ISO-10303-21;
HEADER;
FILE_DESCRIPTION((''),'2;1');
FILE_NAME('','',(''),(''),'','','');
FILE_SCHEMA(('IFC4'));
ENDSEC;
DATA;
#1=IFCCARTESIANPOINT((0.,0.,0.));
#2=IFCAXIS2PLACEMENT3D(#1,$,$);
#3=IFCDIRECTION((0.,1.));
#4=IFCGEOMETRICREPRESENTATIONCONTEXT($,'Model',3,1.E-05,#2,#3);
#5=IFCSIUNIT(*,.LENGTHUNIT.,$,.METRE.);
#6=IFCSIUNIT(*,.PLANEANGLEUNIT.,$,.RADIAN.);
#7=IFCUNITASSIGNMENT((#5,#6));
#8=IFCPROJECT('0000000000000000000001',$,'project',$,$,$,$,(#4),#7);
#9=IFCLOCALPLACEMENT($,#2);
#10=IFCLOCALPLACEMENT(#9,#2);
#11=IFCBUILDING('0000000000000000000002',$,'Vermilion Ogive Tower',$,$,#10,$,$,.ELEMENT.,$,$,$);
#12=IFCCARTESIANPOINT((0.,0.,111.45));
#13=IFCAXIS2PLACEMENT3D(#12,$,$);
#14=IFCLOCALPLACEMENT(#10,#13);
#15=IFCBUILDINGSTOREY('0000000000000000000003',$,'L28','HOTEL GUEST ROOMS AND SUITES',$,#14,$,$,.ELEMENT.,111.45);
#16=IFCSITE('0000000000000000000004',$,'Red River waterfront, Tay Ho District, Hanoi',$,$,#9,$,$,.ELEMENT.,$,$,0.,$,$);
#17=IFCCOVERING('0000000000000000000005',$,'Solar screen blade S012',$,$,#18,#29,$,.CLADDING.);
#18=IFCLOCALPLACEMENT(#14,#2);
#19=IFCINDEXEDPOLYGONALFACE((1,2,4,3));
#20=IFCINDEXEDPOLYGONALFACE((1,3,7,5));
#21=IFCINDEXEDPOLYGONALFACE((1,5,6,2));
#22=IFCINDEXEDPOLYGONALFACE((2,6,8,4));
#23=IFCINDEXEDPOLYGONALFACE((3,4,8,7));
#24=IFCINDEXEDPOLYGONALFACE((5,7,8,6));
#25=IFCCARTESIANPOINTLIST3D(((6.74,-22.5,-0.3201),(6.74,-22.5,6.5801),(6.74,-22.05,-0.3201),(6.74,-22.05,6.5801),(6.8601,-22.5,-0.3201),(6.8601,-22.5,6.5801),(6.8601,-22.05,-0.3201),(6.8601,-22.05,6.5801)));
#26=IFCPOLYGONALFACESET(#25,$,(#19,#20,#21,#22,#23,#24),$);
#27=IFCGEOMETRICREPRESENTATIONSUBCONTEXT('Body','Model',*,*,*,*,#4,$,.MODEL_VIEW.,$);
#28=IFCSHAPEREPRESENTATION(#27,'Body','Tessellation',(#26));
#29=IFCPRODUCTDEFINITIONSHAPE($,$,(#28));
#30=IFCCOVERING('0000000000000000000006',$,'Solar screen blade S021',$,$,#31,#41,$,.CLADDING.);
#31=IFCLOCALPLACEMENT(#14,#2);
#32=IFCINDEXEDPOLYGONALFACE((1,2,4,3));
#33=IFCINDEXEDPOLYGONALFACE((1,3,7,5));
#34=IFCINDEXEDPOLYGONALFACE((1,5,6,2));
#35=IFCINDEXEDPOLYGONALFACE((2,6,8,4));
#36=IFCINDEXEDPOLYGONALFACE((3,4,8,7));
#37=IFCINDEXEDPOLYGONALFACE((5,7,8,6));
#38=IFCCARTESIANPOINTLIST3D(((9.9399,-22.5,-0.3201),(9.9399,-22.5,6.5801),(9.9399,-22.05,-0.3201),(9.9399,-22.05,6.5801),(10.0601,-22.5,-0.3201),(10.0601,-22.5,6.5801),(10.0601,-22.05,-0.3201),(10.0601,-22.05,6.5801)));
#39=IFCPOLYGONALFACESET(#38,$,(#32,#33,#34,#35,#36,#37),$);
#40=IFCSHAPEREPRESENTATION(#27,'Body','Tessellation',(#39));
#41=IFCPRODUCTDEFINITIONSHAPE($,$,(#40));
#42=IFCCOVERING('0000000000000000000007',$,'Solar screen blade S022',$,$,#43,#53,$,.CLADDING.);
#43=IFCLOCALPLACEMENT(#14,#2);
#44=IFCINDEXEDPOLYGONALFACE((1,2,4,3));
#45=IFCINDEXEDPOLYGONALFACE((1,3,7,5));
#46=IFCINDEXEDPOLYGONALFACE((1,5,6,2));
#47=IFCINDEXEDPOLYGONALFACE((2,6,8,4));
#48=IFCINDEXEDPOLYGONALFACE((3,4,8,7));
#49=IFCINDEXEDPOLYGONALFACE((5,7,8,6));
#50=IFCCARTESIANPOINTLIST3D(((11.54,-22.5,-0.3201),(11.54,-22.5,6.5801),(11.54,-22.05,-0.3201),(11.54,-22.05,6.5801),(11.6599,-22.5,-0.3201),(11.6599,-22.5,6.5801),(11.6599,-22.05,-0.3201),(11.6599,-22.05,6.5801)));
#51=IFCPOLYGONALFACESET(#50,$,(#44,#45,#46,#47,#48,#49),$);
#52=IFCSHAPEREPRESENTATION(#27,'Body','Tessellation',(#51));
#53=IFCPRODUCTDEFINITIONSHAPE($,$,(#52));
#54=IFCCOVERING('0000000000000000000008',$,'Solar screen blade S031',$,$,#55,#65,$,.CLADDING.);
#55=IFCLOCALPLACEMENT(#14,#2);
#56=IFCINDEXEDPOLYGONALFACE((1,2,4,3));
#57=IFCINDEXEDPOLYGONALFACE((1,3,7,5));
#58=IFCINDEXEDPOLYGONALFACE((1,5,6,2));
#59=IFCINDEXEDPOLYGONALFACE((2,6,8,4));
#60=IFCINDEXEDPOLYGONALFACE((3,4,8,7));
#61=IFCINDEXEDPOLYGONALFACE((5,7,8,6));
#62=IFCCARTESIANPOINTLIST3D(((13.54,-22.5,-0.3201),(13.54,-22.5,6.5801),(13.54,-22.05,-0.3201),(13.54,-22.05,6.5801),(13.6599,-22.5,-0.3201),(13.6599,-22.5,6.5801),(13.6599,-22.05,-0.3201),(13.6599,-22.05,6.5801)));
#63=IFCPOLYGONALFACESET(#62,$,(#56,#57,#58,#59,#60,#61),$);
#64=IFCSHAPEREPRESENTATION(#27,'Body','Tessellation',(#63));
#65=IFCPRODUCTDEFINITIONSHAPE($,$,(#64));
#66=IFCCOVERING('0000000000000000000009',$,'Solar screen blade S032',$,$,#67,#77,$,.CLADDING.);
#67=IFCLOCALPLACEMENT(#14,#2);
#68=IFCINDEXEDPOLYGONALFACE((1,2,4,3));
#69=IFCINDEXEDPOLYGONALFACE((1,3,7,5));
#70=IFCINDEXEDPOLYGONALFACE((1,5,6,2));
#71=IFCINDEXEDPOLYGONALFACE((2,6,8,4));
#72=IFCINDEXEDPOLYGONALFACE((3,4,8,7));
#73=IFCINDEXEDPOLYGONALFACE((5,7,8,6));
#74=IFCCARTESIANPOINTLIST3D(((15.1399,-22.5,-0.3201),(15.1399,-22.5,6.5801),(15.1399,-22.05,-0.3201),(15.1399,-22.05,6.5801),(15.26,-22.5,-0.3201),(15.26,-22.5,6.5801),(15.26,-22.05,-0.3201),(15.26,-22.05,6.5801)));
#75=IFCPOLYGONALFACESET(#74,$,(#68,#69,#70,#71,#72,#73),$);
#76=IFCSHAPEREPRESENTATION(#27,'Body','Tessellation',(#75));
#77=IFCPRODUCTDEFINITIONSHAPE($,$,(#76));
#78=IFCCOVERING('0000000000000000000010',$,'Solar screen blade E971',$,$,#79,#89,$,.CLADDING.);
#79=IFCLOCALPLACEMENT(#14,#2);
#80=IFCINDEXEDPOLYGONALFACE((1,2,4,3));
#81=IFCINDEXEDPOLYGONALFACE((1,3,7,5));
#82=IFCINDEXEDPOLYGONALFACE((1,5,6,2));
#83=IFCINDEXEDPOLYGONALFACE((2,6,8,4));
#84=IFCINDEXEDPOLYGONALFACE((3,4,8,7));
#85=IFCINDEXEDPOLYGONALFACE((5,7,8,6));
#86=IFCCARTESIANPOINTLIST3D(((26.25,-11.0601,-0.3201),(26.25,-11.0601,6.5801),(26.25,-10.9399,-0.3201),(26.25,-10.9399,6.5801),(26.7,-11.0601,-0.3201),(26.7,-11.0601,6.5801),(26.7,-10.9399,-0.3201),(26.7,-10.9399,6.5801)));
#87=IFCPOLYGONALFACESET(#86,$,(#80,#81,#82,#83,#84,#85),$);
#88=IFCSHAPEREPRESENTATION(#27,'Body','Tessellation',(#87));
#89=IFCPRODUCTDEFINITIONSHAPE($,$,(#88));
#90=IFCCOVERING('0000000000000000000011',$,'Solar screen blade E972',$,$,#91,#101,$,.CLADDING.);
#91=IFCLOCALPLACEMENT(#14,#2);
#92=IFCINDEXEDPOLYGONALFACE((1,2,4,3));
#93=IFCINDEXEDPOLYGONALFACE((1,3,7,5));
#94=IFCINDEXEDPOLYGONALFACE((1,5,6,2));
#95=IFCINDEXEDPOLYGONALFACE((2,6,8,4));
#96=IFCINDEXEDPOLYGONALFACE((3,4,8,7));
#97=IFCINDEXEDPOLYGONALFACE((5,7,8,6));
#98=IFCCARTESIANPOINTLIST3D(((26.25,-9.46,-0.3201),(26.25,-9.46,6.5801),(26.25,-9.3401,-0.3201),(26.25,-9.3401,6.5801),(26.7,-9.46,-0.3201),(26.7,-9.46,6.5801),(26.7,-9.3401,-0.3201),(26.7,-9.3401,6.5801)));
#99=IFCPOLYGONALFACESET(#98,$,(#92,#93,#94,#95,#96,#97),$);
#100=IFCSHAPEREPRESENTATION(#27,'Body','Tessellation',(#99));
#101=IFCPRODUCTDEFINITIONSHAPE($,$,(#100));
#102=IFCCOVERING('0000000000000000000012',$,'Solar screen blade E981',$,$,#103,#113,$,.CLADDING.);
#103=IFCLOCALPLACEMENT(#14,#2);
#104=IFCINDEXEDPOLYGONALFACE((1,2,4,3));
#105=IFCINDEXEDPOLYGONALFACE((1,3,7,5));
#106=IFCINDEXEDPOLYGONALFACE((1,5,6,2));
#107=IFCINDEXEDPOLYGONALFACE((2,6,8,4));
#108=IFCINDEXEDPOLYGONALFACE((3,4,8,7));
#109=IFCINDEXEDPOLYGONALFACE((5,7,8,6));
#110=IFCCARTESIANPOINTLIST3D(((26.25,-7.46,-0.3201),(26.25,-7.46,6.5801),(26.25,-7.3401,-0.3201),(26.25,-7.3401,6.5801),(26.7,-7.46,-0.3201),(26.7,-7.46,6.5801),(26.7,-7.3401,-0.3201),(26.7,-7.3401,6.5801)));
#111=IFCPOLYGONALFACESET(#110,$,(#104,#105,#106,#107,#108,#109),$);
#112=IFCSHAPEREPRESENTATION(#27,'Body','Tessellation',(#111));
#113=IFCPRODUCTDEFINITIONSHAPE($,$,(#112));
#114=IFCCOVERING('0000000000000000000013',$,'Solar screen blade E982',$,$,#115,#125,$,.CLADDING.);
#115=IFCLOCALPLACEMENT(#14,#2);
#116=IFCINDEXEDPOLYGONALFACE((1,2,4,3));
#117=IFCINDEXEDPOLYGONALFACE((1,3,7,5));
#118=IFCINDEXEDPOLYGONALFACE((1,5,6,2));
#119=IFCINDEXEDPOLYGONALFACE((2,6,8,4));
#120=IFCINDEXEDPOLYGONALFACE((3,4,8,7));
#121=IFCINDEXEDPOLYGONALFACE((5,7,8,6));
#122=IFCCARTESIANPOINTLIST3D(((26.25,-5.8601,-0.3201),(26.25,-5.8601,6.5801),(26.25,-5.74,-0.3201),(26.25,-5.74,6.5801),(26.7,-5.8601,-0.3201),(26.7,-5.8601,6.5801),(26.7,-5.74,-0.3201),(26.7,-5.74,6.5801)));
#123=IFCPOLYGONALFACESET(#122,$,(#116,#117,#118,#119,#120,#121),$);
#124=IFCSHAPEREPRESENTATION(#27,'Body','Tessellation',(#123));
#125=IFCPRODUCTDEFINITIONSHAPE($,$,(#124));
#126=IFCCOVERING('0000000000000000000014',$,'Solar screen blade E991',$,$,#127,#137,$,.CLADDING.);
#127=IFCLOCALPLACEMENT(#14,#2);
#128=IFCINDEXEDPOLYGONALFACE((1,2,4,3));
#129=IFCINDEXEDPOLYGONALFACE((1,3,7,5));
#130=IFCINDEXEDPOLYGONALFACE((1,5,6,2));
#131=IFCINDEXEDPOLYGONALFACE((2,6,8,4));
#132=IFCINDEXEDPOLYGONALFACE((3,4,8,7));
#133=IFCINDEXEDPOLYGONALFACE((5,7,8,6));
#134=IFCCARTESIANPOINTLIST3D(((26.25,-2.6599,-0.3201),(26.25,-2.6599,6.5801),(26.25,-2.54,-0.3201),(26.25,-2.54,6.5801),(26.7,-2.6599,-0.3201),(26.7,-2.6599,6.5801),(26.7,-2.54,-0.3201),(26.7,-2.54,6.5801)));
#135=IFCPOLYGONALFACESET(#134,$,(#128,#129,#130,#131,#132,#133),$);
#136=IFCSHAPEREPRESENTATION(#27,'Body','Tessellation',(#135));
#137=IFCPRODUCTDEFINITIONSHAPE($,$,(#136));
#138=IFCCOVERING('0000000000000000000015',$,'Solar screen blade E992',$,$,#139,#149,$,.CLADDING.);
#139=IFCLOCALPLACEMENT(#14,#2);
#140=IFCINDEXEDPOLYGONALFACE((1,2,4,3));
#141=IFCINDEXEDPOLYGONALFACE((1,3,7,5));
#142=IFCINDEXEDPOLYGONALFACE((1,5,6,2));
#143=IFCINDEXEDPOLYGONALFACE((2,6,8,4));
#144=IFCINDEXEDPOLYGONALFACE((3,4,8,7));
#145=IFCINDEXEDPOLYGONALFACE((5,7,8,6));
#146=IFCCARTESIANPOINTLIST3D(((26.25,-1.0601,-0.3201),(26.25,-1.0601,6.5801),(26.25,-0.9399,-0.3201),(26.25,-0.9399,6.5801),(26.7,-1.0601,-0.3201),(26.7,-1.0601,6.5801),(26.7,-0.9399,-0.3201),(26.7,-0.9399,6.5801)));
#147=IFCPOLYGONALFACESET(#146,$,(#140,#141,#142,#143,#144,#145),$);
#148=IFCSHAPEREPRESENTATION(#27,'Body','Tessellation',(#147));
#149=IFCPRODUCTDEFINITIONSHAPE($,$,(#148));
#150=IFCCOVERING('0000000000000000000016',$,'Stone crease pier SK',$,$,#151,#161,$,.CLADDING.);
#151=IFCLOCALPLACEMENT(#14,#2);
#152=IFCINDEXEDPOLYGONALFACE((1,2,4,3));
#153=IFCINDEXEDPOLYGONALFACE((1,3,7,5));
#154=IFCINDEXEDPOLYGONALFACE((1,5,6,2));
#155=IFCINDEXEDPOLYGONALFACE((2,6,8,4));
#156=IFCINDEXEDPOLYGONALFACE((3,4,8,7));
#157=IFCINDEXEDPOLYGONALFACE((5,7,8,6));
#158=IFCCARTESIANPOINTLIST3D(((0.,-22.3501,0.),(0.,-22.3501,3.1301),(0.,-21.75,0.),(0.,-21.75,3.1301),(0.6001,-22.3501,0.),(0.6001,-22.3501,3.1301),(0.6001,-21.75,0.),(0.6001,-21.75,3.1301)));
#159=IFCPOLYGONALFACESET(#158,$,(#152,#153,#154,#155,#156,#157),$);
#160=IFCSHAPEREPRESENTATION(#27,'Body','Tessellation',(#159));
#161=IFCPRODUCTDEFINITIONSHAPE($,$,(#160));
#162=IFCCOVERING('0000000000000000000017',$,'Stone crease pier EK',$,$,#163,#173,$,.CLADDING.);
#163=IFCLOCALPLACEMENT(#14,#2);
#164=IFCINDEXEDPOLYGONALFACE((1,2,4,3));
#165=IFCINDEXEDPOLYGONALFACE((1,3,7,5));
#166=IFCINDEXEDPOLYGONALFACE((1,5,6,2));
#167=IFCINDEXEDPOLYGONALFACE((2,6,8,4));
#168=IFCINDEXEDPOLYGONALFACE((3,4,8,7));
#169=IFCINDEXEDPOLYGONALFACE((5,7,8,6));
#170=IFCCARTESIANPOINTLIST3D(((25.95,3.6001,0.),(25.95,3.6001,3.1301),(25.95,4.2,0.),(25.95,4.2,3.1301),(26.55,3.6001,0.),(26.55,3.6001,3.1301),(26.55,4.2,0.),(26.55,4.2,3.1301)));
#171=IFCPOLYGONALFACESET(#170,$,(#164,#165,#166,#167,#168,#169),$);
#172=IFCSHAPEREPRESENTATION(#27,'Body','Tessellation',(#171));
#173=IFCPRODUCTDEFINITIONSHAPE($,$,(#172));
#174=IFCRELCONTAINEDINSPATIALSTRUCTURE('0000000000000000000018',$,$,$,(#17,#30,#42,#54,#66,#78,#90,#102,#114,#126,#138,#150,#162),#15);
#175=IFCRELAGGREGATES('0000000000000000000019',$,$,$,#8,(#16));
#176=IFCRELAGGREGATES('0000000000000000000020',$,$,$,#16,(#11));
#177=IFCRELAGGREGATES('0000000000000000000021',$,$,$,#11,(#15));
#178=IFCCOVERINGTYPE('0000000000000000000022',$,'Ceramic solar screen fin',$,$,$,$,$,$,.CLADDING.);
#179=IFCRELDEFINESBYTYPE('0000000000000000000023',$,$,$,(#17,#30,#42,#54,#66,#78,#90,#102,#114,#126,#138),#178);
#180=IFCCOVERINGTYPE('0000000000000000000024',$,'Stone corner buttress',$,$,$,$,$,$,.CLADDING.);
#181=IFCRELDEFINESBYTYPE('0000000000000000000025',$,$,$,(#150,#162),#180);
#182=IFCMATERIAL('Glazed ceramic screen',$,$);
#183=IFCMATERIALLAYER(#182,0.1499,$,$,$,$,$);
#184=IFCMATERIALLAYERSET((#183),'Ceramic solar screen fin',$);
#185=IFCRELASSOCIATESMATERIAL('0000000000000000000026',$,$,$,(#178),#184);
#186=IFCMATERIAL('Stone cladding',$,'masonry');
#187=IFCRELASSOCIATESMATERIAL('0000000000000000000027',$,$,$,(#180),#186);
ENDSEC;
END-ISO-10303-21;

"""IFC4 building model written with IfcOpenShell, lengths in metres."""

from ifc_helpers import new_model, si_unit, direction, frame, origin, place, context, subcontext, project, spatial, polyline, outline, extrude, material, layer, layer_set, type_object, element, save


model = new_model("IFC4")

# Units and contexts
model_context = context("Model", 3, precision=1e-05, world=origin(), true_north=direction((0.0, 1.0)))
body_context = subcontext(model_context, "Body", "Model", "MODEL_VIEW")
ifc_project = project(units=[si_unit("LENGTHUNIT", "METRE"), si_unit("PLANEANGLEUNIT", "RADIAN")], contexts=[model_context])

# Site, building, storey
site_placement = place(None, origin())
site = spatial("IfcSite", under=ifc_project, at=site_placement, Name="Red River waterfront, Tay Ho District, Hanoi", CompositionType="ELEMENT", RefElevation=0.0)
building_placement = place(site_placement, origin())
building = spatial("IfcBuilding", under=site, at=building_placement, Name="Vermilion Ogive Tower", CompositionType="ELEMENT")
storey_placement = place(building_placement, frame((0.0, 0.0, 111.45)))
storey = spatial("IfcBuildingStorey", under=building, at=storey_placement, Name="L28", Description="HOTEL GUEST ROOMS AND SUITES", CompositionType="ELEMENT", Elevation=111.45)

# Coverings
ifc_material_1 = material(Name="Glazed ceramic screen")
ifc_layer_1 = layer(ifc_material_1, 0.1499)
ifc_layer_set_1 = layer_set([ifc_layer_1], Name="Ceramic solar screen fin")
covering_type_1 = type_object("IfcCoveringType", Name="Ceramic solar screen fin", PredefinedType="CLADDING", material=ifc_layer_set_1)
covering_1_placement = place(storey_placement, frame((0.0, 0.0, -0.3201)))
element("IfcCovering", 1, at=covering_1_placement, inside=storey, type_object=covering_type_1, Name="Solar screen blade S012", PredefinedType="CLADDING", context=body_context, shape_type="SweptSolid", body=[
    extrude(outline(polyline([(6.74, -22.5), (6.8601, -22.5), (6.8601, -22.05), (6.74, -22.05), (6.74, -22.5)])), origin(), (0.0, 0.0, 1.0), 6.9001),
])
covering_2_placement = place(storey_placement, frame((0.0, 0.0, -0.3201)))
element("IfcCovering", 2, at=covering_2_placement, inside=storey, type_object=covering_type_1, Name="Solar screen blade S021", PredefinedType="CLADDING", context=body_context, shape_type="SweptSolid", body=[
    extrude(outline(polyline([(9.9399, -22.5), (10.0601, -22.5), (10.0601, -22.05), (9.9399, -22.05), (9.9399, -22.5)])), origin(), (0.0, 0.0, 1.0), 6.9001),
])
covering_3_placement = place(storey_placement, frame((0.0, 0.0, -0.3201)))
element("IfcCovering", 3, at=covering_3_placement, inside=storey, type_object=covering_type_1, Name="Solar screen blade S022", PredefinedType="CLADDING", context=body_context, shape_type="SweptSolid", body=[
    extrude(outline(polyline([(11.54, -22.5), (11.6599, -22.5), (11.6599, -22.05), (11.54, -22.05), (11.54, -22.5)])), origin(), (0.0, 0.0, 1.0), 6.9001),
])
covering_4_placement = place(storey_placement, frame((0.0, 0.0, -0.3201)))
element("IfcCovering", 4, at=covering_4_placement, inside=storey, type_object=covering_type_1, Name="Solar screen blade S031", PredefinedType="CLADDING", context=body_context, shape_type="SweptSolid", body=[
    extrude(outline(polyline([(13.54, -22.5), (13.6599, -22.5), (13.6599, -22.05), (13.54, -22.05), (13.54, -22.5)])), origin(), (0.0, 0.0, 1.0), 6.9001),
])
covering_5_placement = place(storey_placement, frame((0.0, 0.0, -0.3201)))
element("IfcCovering", 5, at=covering_5_placement, inside=storey, type_object=covering_type_1, Name="Solar screen blade S032", PredefinedType="CLADDING", context=body_context, shape_type="SweptSolid", body=[
    extrude(outline(polyline([(15.1399, -22.5), (15.26, -22.5), (15.26, -22.05), (15.1399, -22.05), (15.1399, -22.5)])), origin(), (0.0, 0.0, 1.0), 6.9001),
])
covering_6_placement = place(storey_placement, frame((0.0, 0.0, -0.3201)))
element("IfcCovering", 6, at=covering_6_placement, inside=storey, type_object=covering_type_1, Name="Solar screen blade E971", PredefinedType="CLADDING", context=body_context, shape_type="SweptSolid", body=[
    extrude(outline(polyline([(26.7, -11.0601), (26.7, -10.9399), (26.25, -10.9399), (26.25, -11.0601), (26.7, -11.0601)])), origin(), (0.0, 0.0, 1.0), 6.9001),
])
covering_7_placement = place(storey_placement, frame((0.0, 0.0, -0.3201)))
element("IfcCovering", 7, at=covering_7_placement, inside=storey, type_object=covering_type_1, Name="Solar screen blade E972", PredefinedType="CLADDING", context=body_context, shape_type="SweptSolid", body=[
    extrude(outline(polyline([(26.7, -9.46), (26.7, -9.3401), (26.25, -9.3401), (26.25, -9.46), (26.7, -9.46)])), origin(), (0.0, 0.0, 1.0), 6.9001),
])
covering_8_placement = place(storey_placement, frame((0.0, 0.0, -0.3201)))
element("IfcCovering", 8, at=covering_8_placement, inside=storey, type_object=covering_type_1, Name="Solar screen blade E981", PredefinedType="CLADDING", context=body_context, shape_type="SweptSolid", body=[
    extrude(outline(polyline([(26.7, -7.46), (26.7, -7.3401), (26.25, -7.3401), (26.25, -7.46), (26.7, -7.46)])), origin(), (0.0, 0.0, 1.0), 6.9001),
])
covering_9_placement = place(storey_placement, frame((0.0, 0.0, -0.3201)))
element("IfcCovering", 9, at=covering_9_placement, inside=storey, type_object=covering_type_1, Name="Solar screen blade E982", PredefinedType="CLADDING", context=body_context, shape_type="SweptSolid", body=[
    extrude(outline(polyline([(26.7, -5.8601), (26.7, -5.74), (26.25, -5.74), (26.25, -5.8601), (26.7, -5.8601)])), origin(), (0.0, 0.0, 1.0), 6.9001),
])
covering_10_placement = place(storey_placement, frame((0.0, 0.0, -0.3201)))
element("IfcCovering", 10, at=covering_10_placement, inside=storey, type_object=covering_type_1, Name="Solar screen blade E991", PredefinedType="CLADDING", context=body_context, shape_type="SweptSolid", body=[
    extrude(outline(polyline([(26.7, -2.6599), (26.7, -2.54), (26.25, -2.54), (26.25, -2.6599), (26.7, -2.6599)])), origin(), (0.0, 0.0, 1.0), 6.9001),
])
covering_11_placement = place(storey_placement, frame((0.0, 0.0, -0.3201)))
element("IfcCovering", 11, at=covering_11_placement, inside=storey, type_object=covering_type_1, Name="Solar screen blade E992", PredefinedType="CLADDING", context=body_context, shape_type="SweptSolid", body=[
    extrude(outline(polyline([(26.7, -1.0601), (26.7, -0.9399), (26.25, -0.9399), (26.25, -1.0601), (26.7, -1.0601)])), origin(), (0.0, 0.0, 1.0), 6.9001),
])
ifc_material_2 = material(Name="Stone cladding", Category="masonry")
covering_type_2 = type_object("IfcCoveringType", Name="Stone corner buttress", PredefinedType="CLADDING", material=ifc_material_2)
covering_12_placement = place(storey_placement, origin())
element("IfcCovering", 12, at=covering_12_placement, inside=storey, type_object=covering_type_2, Name="Stone crease pier SK", PredefinedType="CLADDING", context=body_context, shape_type="SweptSolid", body=[
    extrude(outline(polyline([(0.0, -22.3501), (0.6001, -22.3501), (0.6001, -21.75), (0.0, -21.75), (0.0, -22.3501)])), origin(), (0.0, 0.0, 1.0), 3.1301),
])
covering_13_placement = place(storey_placement, origin())
element("IfcCovering", 13, at=covering_13_placement, inside=storey, type_object=covering_type_2, Name="Stone crease pier EK", PredefinedType="CLADDING", context=body_context, shape_type="SweptSolid", body=[
    extrude(outline(polyline([(26.55, 3.6001), (26.55, 4.2), (25.95, 4.2), (25.95, 3.6001), (26.55, 3.6001)])), origin(), (0.0, 0.0, 1.0), 3.1301),
])

save(model, "model.ifc")
